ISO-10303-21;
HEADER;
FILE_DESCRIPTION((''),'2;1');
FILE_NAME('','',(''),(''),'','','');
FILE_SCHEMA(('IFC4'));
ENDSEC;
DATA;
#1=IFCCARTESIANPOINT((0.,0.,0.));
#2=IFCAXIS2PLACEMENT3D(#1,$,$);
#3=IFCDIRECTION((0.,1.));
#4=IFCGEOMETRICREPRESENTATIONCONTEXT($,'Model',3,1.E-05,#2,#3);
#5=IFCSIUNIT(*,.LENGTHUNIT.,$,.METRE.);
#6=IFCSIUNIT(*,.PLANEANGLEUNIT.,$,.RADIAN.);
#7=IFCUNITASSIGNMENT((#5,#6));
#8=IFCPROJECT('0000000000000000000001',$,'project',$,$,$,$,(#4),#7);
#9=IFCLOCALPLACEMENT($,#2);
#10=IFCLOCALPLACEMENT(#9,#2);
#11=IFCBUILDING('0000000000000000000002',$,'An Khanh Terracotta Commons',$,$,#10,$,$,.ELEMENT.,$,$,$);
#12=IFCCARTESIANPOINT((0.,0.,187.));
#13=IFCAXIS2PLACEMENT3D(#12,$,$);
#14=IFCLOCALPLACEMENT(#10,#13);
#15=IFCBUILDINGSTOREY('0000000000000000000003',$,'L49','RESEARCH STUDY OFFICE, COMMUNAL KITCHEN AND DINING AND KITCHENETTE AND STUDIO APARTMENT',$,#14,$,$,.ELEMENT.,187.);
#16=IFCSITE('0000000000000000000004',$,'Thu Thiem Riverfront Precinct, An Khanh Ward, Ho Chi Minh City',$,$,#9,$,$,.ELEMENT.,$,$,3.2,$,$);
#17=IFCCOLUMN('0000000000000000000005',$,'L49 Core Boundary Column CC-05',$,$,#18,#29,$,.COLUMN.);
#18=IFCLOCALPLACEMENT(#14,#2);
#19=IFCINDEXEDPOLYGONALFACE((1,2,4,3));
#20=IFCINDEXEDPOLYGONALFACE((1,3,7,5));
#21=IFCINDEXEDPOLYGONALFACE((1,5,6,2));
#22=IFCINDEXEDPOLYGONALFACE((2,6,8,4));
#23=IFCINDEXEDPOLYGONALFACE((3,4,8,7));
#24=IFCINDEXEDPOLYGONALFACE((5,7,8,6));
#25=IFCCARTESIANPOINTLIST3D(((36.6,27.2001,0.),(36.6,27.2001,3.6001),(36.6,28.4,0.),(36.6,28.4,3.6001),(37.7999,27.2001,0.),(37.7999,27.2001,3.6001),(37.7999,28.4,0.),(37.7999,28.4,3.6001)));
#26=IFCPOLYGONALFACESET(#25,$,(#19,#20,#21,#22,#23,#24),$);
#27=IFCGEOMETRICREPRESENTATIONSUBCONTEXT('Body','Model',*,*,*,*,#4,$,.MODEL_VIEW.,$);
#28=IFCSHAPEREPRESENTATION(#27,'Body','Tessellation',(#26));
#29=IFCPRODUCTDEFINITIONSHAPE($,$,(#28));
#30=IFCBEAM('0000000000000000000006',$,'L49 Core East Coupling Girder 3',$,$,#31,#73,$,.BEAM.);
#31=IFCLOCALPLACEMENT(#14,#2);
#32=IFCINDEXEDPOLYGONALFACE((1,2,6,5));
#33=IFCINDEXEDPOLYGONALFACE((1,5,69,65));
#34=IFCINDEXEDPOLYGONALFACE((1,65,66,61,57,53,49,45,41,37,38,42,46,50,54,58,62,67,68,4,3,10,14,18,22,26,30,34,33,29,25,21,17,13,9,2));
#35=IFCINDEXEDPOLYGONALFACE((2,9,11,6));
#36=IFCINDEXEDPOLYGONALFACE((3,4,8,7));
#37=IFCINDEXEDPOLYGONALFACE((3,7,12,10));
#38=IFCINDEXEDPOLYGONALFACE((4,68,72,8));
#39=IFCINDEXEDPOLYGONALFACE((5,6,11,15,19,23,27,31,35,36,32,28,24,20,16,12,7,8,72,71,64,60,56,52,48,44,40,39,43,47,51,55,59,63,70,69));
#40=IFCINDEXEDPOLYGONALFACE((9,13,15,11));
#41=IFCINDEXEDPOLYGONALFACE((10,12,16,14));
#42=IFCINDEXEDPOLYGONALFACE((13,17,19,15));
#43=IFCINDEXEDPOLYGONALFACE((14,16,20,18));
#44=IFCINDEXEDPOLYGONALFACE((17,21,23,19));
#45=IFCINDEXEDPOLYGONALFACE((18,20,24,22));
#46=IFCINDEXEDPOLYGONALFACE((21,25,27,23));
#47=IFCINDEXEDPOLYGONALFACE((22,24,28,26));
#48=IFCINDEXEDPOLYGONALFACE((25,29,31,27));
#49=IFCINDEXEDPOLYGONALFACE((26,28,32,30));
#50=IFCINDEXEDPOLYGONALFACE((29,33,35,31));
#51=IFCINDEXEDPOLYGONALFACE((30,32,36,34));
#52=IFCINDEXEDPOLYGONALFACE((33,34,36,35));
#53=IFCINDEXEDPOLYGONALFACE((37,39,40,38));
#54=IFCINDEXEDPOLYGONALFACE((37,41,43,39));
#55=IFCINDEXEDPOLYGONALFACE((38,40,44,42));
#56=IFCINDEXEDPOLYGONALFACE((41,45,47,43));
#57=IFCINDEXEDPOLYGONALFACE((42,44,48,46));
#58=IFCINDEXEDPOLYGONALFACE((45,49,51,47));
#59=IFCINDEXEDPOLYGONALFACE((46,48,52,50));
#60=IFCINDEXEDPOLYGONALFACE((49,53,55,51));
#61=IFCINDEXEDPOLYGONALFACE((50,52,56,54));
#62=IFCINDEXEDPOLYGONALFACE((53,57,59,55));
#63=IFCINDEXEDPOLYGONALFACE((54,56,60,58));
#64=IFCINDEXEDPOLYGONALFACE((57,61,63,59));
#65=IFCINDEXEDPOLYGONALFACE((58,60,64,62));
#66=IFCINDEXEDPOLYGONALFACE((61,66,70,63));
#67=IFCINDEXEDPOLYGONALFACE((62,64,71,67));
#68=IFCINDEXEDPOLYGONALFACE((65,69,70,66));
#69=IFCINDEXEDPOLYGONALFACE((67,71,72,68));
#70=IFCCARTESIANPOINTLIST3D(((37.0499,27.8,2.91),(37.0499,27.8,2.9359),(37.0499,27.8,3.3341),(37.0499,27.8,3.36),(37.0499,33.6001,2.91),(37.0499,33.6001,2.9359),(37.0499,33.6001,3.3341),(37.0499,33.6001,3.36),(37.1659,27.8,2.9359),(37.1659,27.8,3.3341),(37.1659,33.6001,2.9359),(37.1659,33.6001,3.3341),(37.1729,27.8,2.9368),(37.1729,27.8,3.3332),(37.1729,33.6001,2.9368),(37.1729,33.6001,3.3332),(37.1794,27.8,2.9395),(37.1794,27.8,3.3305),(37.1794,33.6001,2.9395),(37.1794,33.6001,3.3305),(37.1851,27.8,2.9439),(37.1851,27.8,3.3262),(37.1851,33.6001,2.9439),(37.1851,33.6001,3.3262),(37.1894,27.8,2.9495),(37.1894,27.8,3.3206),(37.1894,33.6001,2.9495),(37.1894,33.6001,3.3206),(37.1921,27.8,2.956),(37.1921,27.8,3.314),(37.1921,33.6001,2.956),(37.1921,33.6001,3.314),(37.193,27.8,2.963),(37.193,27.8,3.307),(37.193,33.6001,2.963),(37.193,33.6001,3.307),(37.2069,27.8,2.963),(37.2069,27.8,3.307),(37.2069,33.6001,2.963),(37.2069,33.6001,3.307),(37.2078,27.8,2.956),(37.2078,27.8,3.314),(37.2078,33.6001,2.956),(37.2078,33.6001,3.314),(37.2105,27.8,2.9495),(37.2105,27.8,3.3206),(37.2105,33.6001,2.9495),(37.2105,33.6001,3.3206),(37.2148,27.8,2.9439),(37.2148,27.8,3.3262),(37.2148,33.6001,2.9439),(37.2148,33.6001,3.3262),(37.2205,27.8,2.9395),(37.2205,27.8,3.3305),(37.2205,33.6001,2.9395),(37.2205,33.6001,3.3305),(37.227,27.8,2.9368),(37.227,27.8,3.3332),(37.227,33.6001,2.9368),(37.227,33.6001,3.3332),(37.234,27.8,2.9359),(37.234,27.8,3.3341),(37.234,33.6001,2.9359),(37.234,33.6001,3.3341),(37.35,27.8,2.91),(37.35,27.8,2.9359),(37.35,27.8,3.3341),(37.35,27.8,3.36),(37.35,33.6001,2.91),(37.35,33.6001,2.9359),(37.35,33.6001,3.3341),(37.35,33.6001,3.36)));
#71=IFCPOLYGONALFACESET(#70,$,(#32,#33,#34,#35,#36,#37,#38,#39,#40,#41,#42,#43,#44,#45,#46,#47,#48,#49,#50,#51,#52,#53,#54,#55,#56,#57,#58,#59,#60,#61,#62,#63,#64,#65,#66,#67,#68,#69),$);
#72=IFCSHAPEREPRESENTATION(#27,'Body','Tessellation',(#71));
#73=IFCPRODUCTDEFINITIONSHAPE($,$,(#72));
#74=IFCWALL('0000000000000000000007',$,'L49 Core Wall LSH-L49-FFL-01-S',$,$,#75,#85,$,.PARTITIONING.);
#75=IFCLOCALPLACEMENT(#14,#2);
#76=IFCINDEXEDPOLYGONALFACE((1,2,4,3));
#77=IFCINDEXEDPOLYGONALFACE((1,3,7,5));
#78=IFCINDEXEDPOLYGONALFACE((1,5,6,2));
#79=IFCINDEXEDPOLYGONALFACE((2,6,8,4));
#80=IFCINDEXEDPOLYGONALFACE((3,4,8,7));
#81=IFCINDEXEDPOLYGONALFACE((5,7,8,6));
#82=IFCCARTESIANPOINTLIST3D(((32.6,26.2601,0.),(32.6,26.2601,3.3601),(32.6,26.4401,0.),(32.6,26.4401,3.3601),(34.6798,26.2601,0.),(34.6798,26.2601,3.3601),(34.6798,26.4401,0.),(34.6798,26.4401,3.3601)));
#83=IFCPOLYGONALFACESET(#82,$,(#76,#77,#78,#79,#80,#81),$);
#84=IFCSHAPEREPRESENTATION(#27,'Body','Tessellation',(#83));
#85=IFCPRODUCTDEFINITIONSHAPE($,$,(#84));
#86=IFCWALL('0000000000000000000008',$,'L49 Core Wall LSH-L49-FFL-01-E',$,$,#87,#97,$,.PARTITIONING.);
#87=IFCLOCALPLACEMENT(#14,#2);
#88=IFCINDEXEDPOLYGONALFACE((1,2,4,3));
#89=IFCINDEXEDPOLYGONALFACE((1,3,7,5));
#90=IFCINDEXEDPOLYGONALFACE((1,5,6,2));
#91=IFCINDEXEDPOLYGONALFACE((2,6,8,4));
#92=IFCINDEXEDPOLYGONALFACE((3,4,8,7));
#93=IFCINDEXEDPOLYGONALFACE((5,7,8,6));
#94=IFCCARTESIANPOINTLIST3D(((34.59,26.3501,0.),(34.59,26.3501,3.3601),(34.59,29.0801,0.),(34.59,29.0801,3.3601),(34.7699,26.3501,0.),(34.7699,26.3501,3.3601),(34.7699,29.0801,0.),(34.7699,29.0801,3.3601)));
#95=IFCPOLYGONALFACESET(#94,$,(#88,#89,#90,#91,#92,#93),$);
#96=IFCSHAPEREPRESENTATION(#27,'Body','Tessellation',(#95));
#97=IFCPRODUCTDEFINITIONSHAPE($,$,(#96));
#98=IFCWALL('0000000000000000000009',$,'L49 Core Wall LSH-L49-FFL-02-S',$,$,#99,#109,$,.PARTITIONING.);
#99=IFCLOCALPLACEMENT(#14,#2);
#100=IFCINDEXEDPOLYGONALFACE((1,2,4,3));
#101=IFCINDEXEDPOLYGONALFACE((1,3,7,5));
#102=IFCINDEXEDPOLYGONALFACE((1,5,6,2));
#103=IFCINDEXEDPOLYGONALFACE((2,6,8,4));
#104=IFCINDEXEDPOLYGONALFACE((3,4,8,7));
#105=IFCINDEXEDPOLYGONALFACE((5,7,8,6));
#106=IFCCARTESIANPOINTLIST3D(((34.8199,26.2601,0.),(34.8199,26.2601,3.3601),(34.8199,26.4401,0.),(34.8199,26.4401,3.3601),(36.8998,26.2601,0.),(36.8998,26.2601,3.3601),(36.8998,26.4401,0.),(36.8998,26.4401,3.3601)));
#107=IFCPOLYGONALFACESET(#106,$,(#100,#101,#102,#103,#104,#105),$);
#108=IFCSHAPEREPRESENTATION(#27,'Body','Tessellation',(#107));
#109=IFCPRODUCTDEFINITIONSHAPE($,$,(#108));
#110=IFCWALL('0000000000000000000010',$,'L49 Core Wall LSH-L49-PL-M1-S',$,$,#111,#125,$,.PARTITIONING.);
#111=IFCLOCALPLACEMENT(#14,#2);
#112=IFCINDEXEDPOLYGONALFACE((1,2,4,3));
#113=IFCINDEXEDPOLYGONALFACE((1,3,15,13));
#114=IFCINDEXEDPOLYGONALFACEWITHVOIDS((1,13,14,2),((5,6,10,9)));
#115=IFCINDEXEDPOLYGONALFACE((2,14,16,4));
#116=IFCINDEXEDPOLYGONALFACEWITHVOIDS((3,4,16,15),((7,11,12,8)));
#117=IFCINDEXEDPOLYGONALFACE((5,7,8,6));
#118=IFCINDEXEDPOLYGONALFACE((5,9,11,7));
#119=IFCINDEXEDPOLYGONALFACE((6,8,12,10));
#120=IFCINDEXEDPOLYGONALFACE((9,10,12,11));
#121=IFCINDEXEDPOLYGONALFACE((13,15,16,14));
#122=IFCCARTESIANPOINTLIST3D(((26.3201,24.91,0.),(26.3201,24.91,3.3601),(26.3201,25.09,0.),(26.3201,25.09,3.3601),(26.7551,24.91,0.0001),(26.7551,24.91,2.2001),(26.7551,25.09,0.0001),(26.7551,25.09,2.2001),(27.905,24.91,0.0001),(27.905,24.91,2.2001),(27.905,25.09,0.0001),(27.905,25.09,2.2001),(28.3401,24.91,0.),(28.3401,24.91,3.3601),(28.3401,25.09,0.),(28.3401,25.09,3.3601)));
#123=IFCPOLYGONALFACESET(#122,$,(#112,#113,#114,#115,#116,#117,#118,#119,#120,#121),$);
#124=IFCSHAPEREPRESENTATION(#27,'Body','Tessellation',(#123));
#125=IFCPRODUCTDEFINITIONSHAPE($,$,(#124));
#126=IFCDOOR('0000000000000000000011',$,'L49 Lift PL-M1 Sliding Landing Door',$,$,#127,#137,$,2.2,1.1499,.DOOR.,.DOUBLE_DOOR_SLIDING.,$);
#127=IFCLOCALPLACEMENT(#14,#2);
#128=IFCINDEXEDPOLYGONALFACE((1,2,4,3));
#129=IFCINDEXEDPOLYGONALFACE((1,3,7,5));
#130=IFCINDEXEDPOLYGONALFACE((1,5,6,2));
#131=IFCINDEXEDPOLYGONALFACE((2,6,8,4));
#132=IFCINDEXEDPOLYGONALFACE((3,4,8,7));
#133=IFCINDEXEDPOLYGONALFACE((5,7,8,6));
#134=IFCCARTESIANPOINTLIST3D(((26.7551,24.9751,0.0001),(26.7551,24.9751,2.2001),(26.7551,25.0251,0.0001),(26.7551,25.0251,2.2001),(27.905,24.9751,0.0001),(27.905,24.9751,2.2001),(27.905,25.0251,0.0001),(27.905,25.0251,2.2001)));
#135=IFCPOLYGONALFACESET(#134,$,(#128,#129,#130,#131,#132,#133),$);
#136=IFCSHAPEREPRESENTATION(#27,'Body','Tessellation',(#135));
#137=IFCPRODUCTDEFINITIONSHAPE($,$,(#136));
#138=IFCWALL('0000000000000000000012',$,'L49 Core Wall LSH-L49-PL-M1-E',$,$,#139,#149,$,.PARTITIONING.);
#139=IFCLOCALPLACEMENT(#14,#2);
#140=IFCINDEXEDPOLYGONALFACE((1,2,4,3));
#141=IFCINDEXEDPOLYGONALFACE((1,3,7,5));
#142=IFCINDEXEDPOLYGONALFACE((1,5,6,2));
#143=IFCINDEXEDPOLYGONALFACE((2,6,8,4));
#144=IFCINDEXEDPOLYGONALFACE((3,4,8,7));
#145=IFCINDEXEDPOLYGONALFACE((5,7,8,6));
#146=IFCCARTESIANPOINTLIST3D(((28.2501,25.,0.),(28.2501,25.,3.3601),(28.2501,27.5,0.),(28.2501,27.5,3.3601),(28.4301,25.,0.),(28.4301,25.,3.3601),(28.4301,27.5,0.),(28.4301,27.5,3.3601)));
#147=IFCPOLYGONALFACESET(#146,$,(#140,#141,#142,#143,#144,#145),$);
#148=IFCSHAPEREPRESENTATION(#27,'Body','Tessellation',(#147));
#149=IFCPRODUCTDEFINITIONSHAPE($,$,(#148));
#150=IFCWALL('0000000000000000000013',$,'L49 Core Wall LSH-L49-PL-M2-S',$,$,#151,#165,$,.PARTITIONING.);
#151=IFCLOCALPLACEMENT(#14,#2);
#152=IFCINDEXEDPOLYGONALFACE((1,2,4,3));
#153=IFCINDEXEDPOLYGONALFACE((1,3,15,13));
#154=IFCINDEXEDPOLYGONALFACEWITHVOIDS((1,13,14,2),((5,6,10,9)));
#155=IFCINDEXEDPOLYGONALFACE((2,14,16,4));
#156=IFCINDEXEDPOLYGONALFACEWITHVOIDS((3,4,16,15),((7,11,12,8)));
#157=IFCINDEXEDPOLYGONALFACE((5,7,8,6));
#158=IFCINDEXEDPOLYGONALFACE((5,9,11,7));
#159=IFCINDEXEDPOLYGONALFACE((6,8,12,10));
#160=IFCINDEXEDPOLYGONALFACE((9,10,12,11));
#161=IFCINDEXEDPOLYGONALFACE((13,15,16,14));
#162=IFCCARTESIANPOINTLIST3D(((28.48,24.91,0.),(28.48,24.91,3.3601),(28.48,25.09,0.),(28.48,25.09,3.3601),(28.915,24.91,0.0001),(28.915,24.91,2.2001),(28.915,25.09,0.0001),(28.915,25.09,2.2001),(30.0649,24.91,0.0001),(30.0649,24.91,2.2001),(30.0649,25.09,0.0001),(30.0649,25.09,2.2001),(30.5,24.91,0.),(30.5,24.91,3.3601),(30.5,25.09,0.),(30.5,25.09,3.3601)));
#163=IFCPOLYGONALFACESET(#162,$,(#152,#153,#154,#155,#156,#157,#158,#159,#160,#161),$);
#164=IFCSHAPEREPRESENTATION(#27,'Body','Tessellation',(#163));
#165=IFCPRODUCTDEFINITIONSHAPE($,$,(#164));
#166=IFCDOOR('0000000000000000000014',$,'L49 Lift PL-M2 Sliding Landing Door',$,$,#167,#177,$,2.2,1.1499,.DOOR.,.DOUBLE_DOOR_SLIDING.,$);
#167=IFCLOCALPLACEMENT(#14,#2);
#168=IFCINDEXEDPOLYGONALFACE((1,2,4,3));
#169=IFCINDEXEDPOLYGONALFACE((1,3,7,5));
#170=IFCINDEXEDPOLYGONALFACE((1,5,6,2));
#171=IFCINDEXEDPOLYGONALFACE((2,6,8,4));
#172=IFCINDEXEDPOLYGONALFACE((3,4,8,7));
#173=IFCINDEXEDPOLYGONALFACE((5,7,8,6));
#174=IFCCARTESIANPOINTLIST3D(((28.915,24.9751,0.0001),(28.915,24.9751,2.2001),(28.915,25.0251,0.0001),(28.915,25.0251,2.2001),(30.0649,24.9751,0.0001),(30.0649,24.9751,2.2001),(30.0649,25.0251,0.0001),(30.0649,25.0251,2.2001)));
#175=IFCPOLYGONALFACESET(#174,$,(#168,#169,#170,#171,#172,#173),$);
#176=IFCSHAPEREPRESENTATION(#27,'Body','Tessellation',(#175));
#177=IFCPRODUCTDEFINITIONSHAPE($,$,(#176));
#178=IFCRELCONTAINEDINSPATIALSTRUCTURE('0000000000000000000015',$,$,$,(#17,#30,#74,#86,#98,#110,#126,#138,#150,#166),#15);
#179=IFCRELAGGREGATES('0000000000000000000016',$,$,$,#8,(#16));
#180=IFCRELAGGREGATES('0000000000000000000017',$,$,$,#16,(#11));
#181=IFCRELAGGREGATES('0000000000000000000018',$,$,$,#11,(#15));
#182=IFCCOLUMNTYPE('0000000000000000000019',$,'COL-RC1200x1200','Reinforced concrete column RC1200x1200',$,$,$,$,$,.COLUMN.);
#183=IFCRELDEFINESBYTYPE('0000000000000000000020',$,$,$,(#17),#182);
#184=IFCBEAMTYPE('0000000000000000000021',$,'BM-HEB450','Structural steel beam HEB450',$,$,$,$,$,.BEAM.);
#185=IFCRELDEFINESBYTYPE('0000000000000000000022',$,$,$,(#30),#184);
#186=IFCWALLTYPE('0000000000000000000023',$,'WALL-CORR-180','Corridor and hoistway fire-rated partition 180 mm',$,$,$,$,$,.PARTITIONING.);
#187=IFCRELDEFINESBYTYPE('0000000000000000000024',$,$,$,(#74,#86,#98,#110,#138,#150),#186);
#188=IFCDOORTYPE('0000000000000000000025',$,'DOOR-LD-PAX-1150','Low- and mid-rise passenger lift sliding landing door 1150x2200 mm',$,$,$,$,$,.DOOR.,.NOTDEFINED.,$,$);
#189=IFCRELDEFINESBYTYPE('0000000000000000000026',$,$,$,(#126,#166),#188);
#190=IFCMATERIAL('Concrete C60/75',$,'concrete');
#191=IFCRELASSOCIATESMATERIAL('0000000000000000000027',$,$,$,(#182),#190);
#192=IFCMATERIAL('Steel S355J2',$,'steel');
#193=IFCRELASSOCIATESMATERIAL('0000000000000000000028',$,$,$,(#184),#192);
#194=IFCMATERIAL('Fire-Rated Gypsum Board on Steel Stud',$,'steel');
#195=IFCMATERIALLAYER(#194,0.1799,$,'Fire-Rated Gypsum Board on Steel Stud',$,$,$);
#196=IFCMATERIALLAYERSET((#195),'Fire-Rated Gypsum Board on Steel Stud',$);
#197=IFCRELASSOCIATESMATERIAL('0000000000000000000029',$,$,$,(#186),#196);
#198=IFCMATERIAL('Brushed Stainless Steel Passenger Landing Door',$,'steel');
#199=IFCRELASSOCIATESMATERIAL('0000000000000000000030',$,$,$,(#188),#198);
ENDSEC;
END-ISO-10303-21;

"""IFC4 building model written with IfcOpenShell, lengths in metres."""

from ifc_helpers import new_model, si_unit, direction, frame, frame_2d, origin, origin_2d, place, context, subcontext, project, spatial, rectangle, i_section, extrude, material, layer, layer_set, material_profile, profile_set, type_object, element, fill, save


model = new_model("IFC4")

# Units and contexts
model_context = context("Model", 3, precision=1e-05, world=origin(), true_north=direction((0.0, 1.0)))
body_context = subcontext(model_context, "Body", "Model", "MODEL_VIEW")
ifc_project = project(units=[si_unit("LENGTHUNIT", "METRE"), si_unit("PLANEANGLEUNIT", "RADIAN")], contexts=[model_context])

# Site, building, storey
site_placement = place(None, origin())
site = spatial("IfcSite", under=ifc_project, at=site_placement, Name="Thu Thiem Riverfront Precinct, An Khanh Ward, Ho Chi Minh City", CompositionType="ELEMENT", RefElevation=3.2)
building_placement = place(site_placement, origin())
building = spatial("IfcBuilding", under=site, at=building_placement, Name="An Khanh Terracotta Commons", CompositionType="ELEMENT")
storey_placement = place(building_placement, frame((0.0, 0.0, 187.0)))
storey = spatial("IfcBuildingStorey", under=building, at=storey_placement, Name="L49", Description="RESEARCH STUDY OFFICE, COMMUNAL KITCHEN AND DINING AND KITCHENETTE AND STUDIO APARTMENT", CompositionType="ELEMENT", Elevation=187.0)

# Column
ifc_material_1 = material(Name="Concrete C60/75", Category="concrete")
ifc_material_profile_1 = material_profile(ifc_material_1, rectangle(XDim=1.2, YDim=1.2, at=origin_2d()), Name="RC1200x1200")
ifc_profile_set_1 = profile_set([ifc_material_profile_1], Name="Concrete C60/75")
column_type = type_object("IfcColumnType", Name="COL-RC1200x1200", Description="Reinforced concrete column RC1200x1200", PredefinedType="COLUMN", material=ifc_profile_set_1)
column_placement = place(storey_placement, frame((37.2, 27.8, 0.0), z_axis=(0.0, 0.0, 1.0), x_axis=(1.0, 0.0, 0.0)))
element("IfcColumn", 1, at=column_placement, inside=storey, type_object=column_type, Name="L49 Core Boundary Column CC-05", PredefinedType="COLUMN", context=body_context, shape_type="SweptSolid", body=[
    extrude(rectangle(XDim=1.2, YDim=1.2, at=origin_2d()), origin(), (0.0, 0.0, 1.0), 3.6001),
])

# Beam
ifc_material_2 = material(Name="Steel S355J2", Category="steel")
ifc_material_profile_2 = material_profile(ifc_material_2, i_section(OverallWidth=0.3, OverallDepth=0.45, WebThickness=0.0139, FlangeThickness=0.0259, FilletRadius=0.0271, at=origin_2d()), Name="HEB450")
ifc_profile_set_2 = profile_set([ifc_material_profile_2], Name="Steel S355J2")
beam_type = type_object("IfcBeamType", Name="BM-HEB450", Description="Structural steel beam HEB450", PredefinedType="BEAM", material=ifc_profile_set_2)
beam_placement = place(storey_placement, frame((37.2, 27.8, 3.135), z_axis=(0.0, 1.0, 0.0), x_axis=(-1.0, 0.0, 0.0)))
element("IfcBeam", 2, at=beam_placement, inside=storey, type_object=beam_type, Name="L49 Core East Coupling Girder 3", PredefinedType="BEAM", context=body_context, shape_type="SweptSolid", body=[
    extrude(i_section(OverallWidth=0.3, OverallDepth=0.45, WebThickness=0.0139, FlangeThickness=0.0259, FilletRadius=0.0271, at=origin_2d()), origin(), (0.0, 0.0, 1.0), 5.8),
])

# Walls
ifc_material_3 = material(Name="Fire-Rated Gypsum Board on Steel Stud", Category="steel")
ifc_layer_1 = layer(ifc_material_3, 0.1799, Name="Fire-Rated Gypsum Board on Steel Stud")
ifc_layer_set_1 = layer_set([ifc_layer_1], Name="Fire-Rated Gypsum Board on Steel Stud")
wall_type_1 = type_object("IfcWallType", Name="WALL-CORR-180", Description="Corridor and hoistway fire-rated partition 180 mm", PredefinedType="PARTITIONING", material=ifc_layer_set_1)
wall_1_placement = place(storey_placement, frame((34.6799, 26.3501, 0.0), z_axis=(0.0, 0.0, 1.0), x_axis=(-1.0, 0.0, 0.0)))
element("IfcWall", 3, at=wall_1_placement, inside=storey, type_object=wall_type_1, Name="L49 Core Wall LSH-L49-FFL-01-S", PredefinedType="PARTITIONING", context=body_context, shape_type="SweptSolid", body=[
    extrude(rectangle(XDim=2.0798, YDim=0.1799, at=frame_2d((1.04, 0.0))), origin(), (0.0, 0.0, 1.0), 3.3601),
])
wall_2_placement = place(storey_placement, frame((34.6799, 26.3501, 0.0), z_axis=(0.0, 0.0, 1.0), x_axis=(0.0, 1.0, 0.0)))
element("IfcWall", 4, at=wall_2_placement, inside=storey, type_object=wall_type_1, Name="L49 Core Wall LSH-L49-FFL-01-E", PredefinedType="PARTITIONING", context=body_context, shape_type="SweptSolid", body=[
    extrude(rectangle(XDim=2.73, YDim=0.1799, at=frame_2d((1.365, 0.0))), origin(), (0.0, 0.0, 1.0), 3.3601),
])
wall_3_placement = place(storey_placement, frame((36.8999, 26.3501, 0.0), z_axis=(0.0, 0.0, 1.0), x_axis=(-1.0, 0.0, 0.0)))
element("IfcWall", 5, at=wall_3_placement, inside=storey, type_object=wall_type_1, Name="L49 Core Wall LSH-L49-FFL-02-S", PredefinedType="PARTITIONING", context=body_context, shape_type="SweptSolid", body=[
    extrude(rectangle(XDim=2.0798, YDim=0.1799, at=frame_2d((1.04, 0.0))), origin(), (0.0, 0.0, 1.0), 3.3601),
])

# Wall, opening, door
wall_4_placement = place(storey_placement, frame((28.3401, 25.0, 0.0), z_axis=(0.0, 0.0, 1.0), x_axis=(-1.0, 0.0, 0.0)))
wall_4 = element("IfcWall", 6, at=wall_4_placement, inside=storey, type_object=wall_type_1, Name="L49 Core Wall LSH-L49-PL-M1-S", PredefinedType="PARTITIONING", context=body_context, shape_type="SweptSolid", body=[
    extrude(rectangle(XDim=2.02, YDim=0.1799, at=frame_2d((1.01, 0.0))), origin(), (0.0, 0.0, 1.0), 3.3601),
])
opening_1_placement = place(wall_4_placement, frame((0.4351, 0.0, 0.0)))
opening_1 = element("IfcOpeningElement", 7, at=opening_1_placement, cuts=wall_4, PredefinedType="OPENING", context=body_context, shape_type="SweptSolid", body=[
    extrude(rectangle(XDim=1.1499, YDim=2.2, at=frame_2d((0.575, 1.1001))), frame((0.0, 0.0999, 0.0), z_axis=(0.0, -1.0, 0.0), x_axis=(1.0, 0.0, 0.0)), (0.0, 0.0, 1.0), 0.2),
])
ifc_material_4 = material(Name="Brushed Stainless Steel Passenger Landing Door", Category="steel")
door_type = type_object("IfcDoorType", Name="DOOR-LD-PAX-1150", Description="Low- and mid-rise passenger lift sliding landing door 1150x2200 mm", OperationType="NOTDEFINED", PredefinedType="DOOR", material=ifc_material_4)
door_1_placement = place(opening_1_placement, origin())
door_1 = element("IfcDoor", 8, at=door_1_placement, inside=storey, type_object=door_type, Name="L49 Lift PL-M1 Sliding Landing Door", OperationType="DOUBLE_DOOR_SLIDING", OverallHeight=2.2, OverallWidth=1.1499, PredefinedType="DOOR", context=body_context, shape_type="SweptSolid", body=[
    extrude(rectangle(XDim=1.1499, YDim=2.2, at=frame_2d((0.575, 1.1001))), frame((0.0, 0.0249, 0.0), z_axis=(0.0, -1.0, 0.0), x_axis=(1.0, 0.0, 0.0)), (0.0, 0.0, 1.0), 0.05),
])
fill(opening_1, door_1)

# Wall
wall_5_placement = place(storey_placement, frame((28.3401, 25.0, 0.0), z_axis=(0.0, 0.0, 1.0), x_axis=(0.0, 1.0, 0.0)))
element("IfcWall", 9, at=wall_5_placement, inside=storey, type_object=wall_type_1, Name="L49 Core Wall LSH-L49-PL-M1-E", PredefinedType="PARTITIONING", context=body_context, shape_type="SweptSolid", body=[
    extrude(rectangle(XDim=2.5, YDim=0.1799, at=frame_2d((1.25, 0.0))), origin(), (0.0, 0.0, 1.0), 3.3601),
])

# Wall, opening, door
wall_6_placement = place(storey_placement, frame((30.5, 25.0, 0.0), z_axis=(0.0, 0.0, 1.0), x_axis=(-1.0, 0.0, 0.0)))
wall_6 = element("IfcWall", 10, at=wall_6_placement, inside=storey, type_object=wall_type_1, Name="L49 Core Wall LSH-L49-PL-M2-S", PredefinedType="PARTITIONING", context=body_context, shape_type="SweptSolid", body=[
    extrude(rectangle(XDim=2.02, YDim=0.1799, at=frame_2d((1.01, 0.0))), origin(), (0.0, 0.0, 1.0), 3.3601),
])
opening_2_placement = place(wall_6_placement, frame((0.4351, 0.0, 0.0)))
opening_2 = element("IfcOpeningElement", 11, at=opening_2_placement, cuts=wall_6, PredefinedType="OPENING", context=body_context, shape_type="SweptSolid", body=[
    extrude(rectangle(XDim=1.1499, YDim=2.2, at=frame_2d((0.575, 1.1001))), frame((0.0, 0.0999, 0.0), z_axis=(0.0, -1.0, 0.0), x_axis=(1.0, 0.0, 0.0)), (0.0, 0.0, 1.0), 0.2),
])
door_2_placement = place(opening_2_placement, origin())
door_2 = element("IfcDoor", 12, at=door_2_placement, inside=storey, type_object=door_type, Name="L49 Lift PL-M2 Sliding Landing Door", OperationType="DOUBLE_DOOR_SLIDING", OverallHeight=2.2, OverallWidth=1.1499, PredefinedType="DOOR", context=body_context, shape_type="SweptSolid", body=[
    extrude(rectangle(XDim=1.1499, YDim=2.2, at=frame_2d((0.575, 1.1001))), frame((0.0, 0.0249, 0.0), z_axis=(0.0, -1.0, 0.0), x_axis=(1.0, 0.0, 0.0)), (0.0, 0.0, 1.0), 0.05),
])
fill(opening_2, door_2)

save(model, "model.ifc")
